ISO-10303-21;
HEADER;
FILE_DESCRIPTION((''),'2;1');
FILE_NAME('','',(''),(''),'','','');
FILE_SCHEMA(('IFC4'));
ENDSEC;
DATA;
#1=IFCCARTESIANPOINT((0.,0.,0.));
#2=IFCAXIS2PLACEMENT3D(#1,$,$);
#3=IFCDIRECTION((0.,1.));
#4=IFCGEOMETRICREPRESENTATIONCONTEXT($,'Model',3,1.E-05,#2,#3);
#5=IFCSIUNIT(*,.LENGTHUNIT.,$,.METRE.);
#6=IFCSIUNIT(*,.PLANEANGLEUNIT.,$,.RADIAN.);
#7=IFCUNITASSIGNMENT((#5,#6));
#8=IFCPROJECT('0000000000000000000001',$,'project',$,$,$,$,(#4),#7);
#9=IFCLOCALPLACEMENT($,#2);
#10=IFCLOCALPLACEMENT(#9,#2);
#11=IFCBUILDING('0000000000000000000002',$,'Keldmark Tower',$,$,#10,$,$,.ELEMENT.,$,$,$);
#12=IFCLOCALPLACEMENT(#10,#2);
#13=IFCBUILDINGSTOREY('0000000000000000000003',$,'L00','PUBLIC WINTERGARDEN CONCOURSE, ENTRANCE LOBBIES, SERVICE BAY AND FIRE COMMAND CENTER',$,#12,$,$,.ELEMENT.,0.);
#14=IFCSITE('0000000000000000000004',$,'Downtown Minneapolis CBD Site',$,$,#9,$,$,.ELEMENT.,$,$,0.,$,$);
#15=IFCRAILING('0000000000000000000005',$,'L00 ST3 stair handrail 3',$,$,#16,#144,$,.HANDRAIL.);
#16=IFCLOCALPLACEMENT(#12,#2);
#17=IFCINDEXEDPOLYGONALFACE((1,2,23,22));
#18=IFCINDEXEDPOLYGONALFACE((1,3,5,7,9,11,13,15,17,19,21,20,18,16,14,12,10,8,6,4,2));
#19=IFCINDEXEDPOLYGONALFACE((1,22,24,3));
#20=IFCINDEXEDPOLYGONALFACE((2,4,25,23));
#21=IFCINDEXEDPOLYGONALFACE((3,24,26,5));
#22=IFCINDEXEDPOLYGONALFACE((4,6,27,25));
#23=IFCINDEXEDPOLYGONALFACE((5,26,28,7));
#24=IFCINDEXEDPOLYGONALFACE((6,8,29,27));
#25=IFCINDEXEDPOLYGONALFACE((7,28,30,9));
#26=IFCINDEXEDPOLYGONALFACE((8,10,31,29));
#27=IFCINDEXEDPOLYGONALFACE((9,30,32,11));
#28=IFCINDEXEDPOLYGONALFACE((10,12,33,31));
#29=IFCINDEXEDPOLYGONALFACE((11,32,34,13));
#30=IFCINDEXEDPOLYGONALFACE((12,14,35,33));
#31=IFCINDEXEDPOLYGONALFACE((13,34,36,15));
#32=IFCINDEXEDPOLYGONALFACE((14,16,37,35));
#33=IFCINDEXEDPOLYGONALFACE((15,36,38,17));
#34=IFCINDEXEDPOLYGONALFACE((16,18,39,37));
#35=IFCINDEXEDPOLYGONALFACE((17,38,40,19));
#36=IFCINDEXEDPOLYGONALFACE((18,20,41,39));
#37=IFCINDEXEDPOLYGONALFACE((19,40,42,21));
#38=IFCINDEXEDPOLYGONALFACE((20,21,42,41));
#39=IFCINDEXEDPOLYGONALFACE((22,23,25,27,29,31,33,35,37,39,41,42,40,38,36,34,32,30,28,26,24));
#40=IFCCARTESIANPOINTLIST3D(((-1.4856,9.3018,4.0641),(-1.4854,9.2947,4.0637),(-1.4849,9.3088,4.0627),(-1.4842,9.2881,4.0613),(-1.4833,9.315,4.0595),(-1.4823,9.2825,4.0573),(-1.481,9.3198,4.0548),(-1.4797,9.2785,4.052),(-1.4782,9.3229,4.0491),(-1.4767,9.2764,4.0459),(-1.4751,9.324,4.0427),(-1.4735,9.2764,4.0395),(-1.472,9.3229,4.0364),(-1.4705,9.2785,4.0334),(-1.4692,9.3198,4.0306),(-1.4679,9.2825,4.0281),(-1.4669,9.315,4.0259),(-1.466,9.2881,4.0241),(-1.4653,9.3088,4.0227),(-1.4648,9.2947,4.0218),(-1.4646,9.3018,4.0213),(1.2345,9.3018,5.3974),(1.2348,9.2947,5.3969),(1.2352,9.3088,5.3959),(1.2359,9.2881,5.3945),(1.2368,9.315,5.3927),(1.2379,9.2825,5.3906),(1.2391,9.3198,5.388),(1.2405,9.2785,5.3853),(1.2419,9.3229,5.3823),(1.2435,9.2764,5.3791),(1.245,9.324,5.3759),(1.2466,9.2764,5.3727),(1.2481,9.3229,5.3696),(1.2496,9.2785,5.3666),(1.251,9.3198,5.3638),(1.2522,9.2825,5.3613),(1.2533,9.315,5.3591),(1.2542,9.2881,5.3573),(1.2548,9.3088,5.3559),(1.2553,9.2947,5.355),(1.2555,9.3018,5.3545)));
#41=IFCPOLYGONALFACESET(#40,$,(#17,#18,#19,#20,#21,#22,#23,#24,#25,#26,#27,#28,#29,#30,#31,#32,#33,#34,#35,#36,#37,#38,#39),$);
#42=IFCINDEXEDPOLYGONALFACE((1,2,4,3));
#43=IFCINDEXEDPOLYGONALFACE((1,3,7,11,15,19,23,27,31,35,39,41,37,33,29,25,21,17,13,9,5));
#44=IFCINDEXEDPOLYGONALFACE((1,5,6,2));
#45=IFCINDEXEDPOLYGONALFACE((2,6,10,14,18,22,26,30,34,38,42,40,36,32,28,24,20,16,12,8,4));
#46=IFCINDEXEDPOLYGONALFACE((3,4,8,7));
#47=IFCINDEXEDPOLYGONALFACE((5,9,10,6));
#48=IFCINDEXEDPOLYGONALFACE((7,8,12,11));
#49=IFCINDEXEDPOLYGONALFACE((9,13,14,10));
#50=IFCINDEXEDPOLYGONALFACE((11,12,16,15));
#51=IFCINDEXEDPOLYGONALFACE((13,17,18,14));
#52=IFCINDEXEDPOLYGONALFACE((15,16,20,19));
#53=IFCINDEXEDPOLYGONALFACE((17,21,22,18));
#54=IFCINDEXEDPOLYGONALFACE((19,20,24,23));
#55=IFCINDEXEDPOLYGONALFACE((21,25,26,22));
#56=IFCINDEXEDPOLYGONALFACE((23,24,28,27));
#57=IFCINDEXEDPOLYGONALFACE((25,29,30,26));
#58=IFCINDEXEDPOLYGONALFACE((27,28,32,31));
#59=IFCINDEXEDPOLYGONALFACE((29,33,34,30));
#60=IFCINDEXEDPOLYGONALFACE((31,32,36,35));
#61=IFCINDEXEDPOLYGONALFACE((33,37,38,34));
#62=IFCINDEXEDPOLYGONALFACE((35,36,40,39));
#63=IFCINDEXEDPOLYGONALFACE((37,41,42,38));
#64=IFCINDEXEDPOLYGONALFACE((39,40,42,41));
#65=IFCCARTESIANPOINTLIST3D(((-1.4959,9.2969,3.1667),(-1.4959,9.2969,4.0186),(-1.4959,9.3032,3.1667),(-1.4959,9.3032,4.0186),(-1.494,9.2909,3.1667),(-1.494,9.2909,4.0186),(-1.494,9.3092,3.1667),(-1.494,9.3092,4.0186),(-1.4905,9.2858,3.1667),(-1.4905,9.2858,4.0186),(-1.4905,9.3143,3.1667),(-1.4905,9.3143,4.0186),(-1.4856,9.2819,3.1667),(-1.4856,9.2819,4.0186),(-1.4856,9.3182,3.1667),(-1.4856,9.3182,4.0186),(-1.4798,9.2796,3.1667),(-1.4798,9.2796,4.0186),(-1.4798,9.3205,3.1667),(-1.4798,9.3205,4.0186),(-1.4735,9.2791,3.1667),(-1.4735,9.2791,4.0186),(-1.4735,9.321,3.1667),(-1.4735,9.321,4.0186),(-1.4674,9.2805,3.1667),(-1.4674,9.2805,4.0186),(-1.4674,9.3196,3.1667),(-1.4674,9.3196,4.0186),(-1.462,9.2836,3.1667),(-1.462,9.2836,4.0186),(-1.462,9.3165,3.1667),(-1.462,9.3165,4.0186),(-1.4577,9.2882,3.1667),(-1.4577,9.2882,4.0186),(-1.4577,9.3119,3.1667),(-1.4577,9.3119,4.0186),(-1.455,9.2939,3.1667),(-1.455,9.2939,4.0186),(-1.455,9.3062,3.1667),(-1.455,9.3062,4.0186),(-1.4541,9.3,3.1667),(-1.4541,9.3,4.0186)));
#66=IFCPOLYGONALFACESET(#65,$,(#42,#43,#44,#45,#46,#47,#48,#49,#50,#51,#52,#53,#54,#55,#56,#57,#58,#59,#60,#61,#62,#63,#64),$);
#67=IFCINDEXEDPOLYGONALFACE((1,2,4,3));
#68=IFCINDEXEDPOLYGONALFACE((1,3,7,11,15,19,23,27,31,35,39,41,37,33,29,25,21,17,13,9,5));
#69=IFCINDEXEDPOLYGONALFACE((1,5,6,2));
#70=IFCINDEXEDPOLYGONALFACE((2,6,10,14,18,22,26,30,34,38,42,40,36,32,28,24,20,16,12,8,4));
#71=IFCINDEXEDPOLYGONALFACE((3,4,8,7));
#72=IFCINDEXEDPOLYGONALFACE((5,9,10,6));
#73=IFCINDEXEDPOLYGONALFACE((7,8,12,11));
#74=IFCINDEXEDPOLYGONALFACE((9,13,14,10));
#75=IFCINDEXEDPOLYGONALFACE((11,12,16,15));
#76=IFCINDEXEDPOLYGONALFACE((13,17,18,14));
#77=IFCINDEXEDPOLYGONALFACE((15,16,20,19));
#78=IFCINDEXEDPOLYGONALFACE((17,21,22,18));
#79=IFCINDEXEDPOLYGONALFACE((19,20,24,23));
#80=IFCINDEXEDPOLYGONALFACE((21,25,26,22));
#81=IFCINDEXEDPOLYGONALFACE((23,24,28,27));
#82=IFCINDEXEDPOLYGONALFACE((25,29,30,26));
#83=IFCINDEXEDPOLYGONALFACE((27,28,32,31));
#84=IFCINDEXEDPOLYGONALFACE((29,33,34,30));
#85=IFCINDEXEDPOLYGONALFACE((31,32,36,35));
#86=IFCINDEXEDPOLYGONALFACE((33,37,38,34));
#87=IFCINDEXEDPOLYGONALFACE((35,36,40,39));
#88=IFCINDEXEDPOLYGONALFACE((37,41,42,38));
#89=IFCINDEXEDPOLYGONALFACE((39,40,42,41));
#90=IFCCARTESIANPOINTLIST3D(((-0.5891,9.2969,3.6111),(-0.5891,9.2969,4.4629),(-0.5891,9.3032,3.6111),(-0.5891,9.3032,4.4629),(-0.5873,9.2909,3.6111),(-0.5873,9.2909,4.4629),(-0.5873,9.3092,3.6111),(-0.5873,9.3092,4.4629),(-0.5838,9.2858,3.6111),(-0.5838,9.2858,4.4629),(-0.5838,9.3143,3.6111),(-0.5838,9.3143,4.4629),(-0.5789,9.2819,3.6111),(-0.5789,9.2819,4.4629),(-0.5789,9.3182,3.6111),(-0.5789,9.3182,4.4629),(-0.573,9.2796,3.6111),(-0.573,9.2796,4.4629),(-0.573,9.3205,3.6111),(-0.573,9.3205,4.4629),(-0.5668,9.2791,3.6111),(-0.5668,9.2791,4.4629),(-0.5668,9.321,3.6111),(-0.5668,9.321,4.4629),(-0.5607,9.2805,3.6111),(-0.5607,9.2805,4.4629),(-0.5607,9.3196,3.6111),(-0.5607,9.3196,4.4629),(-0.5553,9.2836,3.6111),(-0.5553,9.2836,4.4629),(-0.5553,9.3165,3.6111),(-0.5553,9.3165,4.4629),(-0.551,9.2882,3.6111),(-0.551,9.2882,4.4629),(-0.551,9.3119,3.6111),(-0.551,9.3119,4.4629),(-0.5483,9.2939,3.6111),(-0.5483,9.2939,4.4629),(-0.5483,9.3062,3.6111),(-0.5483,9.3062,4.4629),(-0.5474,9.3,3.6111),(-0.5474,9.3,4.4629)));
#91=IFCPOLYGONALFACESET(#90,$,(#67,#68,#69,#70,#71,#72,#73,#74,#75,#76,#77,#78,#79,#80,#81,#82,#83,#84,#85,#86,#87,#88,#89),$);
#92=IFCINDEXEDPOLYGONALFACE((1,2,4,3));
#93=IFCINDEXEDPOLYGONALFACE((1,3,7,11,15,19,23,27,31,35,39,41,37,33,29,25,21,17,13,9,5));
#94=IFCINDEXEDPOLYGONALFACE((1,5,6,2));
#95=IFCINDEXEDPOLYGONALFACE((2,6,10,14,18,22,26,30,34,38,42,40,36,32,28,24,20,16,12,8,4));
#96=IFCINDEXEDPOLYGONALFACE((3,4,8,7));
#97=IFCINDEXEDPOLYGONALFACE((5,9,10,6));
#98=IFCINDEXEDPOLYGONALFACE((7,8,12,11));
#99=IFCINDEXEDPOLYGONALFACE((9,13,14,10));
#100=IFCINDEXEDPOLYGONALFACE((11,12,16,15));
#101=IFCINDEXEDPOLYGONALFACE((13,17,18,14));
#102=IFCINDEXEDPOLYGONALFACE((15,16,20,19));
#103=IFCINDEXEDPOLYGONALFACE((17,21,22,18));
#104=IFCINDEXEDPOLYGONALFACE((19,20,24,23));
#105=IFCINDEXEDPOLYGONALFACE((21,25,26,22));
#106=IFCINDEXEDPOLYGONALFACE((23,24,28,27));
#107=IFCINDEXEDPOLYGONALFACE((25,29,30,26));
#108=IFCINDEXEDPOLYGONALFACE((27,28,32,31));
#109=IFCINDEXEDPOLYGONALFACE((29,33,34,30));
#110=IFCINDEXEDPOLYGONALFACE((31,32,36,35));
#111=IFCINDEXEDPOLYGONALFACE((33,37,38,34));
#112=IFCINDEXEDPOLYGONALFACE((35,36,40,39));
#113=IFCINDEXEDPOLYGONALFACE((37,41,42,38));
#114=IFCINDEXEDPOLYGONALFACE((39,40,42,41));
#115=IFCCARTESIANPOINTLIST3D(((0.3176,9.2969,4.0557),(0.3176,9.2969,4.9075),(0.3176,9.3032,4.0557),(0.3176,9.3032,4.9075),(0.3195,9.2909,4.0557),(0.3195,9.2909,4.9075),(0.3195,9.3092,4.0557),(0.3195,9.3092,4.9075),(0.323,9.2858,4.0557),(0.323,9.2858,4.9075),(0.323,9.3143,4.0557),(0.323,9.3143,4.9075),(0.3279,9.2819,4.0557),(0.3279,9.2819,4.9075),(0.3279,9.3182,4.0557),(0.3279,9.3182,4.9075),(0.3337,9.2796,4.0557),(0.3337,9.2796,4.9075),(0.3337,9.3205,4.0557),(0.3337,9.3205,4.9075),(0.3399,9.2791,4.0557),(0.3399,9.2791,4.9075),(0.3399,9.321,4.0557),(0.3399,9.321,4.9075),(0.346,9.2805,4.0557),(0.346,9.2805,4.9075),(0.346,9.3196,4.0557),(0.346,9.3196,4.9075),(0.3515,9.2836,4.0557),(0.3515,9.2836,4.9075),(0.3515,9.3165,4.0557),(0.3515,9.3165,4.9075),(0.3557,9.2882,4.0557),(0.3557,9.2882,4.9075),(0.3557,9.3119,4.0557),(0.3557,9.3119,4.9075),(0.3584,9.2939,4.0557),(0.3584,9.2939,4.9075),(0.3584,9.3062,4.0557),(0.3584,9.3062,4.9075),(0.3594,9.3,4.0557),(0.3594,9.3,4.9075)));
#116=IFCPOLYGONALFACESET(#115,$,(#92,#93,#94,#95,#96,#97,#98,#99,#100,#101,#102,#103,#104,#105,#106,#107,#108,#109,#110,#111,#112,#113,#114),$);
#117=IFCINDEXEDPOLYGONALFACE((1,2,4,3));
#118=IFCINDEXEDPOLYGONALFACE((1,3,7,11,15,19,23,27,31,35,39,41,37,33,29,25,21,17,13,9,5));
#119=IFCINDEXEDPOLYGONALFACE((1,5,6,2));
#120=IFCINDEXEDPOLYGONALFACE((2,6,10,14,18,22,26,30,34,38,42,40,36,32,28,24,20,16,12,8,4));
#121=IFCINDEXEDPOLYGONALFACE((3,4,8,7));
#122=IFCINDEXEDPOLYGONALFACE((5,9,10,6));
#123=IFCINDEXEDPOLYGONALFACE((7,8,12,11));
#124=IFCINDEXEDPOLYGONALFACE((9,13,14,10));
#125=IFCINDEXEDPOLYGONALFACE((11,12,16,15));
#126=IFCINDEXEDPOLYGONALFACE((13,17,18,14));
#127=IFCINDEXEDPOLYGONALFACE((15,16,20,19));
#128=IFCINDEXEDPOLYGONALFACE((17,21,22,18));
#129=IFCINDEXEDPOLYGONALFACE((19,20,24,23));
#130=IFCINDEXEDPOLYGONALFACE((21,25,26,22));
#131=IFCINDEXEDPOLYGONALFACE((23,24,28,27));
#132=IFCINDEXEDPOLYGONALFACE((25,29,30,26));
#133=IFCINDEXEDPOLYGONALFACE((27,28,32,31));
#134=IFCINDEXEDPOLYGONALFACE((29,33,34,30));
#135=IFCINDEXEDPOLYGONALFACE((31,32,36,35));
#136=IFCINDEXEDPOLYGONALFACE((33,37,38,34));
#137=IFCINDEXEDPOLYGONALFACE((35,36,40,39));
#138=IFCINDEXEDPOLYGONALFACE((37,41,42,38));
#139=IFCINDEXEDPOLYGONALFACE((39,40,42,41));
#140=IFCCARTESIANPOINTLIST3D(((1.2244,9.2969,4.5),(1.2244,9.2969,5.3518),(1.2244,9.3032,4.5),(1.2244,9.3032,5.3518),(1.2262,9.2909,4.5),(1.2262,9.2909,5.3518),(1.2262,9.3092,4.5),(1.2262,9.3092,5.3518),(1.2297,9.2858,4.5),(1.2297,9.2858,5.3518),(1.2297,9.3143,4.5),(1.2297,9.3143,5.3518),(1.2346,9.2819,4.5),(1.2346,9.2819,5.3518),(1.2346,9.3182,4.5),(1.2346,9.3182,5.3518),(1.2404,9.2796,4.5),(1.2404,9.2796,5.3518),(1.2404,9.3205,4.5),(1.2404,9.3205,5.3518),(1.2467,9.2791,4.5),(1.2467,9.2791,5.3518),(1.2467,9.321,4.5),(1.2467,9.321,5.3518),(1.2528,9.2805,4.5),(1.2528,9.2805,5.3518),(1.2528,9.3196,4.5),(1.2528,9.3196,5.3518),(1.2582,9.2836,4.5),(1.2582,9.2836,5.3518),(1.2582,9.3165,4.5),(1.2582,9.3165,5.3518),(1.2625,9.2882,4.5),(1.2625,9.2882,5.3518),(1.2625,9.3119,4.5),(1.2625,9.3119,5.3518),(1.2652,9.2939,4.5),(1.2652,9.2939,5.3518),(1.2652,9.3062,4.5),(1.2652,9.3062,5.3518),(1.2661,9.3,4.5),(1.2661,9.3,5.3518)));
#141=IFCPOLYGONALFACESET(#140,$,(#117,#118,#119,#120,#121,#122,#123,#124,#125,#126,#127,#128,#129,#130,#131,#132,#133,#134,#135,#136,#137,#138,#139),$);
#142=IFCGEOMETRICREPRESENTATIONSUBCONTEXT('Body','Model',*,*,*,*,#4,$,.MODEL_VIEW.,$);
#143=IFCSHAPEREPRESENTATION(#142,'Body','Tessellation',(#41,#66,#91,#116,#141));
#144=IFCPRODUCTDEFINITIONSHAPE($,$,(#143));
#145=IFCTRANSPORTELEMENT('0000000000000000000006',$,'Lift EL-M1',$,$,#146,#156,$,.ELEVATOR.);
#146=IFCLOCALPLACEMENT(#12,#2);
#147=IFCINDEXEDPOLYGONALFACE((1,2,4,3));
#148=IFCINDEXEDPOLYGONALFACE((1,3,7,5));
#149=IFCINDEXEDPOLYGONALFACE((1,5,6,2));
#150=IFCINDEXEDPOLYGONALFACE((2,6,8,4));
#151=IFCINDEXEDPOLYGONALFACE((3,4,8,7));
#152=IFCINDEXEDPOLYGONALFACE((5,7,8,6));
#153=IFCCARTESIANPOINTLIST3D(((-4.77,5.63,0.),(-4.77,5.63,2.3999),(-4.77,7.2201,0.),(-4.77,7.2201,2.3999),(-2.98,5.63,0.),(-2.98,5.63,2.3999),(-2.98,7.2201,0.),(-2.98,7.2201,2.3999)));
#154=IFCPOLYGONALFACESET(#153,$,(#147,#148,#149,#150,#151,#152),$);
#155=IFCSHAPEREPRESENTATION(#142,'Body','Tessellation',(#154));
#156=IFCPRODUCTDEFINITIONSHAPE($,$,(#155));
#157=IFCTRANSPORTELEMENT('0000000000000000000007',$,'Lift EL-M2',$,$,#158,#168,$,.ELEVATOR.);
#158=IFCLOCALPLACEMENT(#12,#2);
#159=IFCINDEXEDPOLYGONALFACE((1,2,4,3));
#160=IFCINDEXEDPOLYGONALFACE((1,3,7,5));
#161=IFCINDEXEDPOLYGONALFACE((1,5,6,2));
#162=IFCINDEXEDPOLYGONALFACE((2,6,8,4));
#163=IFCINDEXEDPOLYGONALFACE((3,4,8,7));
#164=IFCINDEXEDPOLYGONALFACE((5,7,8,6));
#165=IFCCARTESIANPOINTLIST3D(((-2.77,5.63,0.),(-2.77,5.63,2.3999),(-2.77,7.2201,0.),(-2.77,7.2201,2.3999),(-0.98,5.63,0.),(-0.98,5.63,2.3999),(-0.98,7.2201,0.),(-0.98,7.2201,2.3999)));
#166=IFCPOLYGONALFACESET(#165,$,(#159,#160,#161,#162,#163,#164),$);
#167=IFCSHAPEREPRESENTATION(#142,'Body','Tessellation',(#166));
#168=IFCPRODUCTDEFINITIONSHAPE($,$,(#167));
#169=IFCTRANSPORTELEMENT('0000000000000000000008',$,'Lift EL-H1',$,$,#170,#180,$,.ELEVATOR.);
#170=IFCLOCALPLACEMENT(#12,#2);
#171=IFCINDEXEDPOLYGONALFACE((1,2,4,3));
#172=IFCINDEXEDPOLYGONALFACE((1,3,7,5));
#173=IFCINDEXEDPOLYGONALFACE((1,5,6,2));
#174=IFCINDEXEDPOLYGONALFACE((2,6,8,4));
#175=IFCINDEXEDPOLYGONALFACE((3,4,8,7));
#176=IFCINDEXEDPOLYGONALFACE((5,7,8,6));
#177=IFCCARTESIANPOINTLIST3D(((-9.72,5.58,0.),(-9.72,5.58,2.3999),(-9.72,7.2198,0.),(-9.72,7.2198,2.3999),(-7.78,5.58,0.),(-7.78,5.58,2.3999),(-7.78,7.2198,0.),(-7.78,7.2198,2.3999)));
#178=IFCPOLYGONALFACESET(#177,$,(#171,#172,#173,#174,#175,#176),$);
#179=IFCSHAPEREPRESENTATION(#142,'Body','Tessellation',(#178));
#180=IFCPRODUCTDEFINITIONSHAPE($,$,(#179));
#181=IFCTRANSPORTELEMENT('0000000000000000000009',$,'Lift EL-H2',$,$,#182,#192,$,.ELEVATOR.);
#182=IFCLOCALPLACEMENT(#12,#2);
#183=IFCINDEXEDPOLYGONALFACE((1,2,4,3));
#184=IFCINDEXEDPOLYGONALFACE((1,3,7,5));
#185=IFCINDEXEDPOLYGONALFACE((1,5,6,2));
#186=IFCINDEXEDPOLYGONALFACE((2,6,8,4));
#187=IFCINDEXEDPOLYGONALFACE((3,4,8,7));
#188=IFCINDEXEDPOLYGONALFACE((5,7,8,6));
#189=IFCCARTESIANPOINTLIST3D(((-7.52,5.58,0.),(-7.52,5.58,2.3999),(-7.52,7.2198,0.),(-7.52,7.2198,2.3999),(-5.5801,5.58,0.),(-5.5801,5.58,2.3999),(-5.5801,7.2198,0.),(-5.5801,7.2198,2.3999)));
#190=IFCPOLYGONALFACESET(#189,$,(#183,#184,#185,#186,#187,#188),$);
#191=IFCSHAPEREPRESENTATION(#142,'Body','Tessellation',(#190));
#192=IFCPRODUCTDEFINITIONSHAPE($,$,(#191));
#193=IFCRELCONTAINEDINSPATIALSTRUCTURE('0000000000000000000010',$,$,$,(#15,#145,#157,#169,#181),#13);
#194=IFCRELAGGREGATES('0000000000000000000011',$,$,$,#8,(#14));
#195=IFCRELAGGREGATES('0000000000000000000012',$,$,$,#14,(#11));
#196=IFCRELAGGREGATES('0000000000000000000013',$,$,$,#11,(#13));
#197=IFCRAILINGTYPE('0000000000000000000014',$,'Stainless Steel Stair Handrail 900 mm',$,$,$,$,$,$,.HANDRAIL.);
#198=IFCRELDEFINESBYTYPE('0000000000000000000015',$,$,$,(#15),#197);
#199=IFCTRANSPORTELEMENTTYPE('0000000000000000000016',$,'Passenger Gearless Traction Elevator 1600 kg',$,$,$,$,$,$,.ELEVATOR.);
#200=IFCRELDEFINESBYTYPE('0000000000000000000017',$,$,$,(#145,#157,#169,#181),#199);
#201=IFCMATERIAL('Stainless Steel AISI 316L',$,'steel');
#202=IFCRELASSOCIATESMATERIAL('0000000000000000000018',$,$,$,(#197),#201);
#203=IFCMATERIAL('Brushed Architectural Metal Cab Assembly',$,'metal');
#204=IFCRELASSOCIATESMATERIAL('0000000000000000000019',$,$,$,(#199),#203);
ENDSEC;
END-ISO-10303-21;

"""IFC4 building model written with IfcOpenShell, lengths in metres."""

from ifc_helpers import new_model, si_unit, direction, frame, origin, origin_2d, place, context, subcontext, project, spatial, rectangle, circle, extrude, material, type_object, element, save


model = new_model("IFC4")

# Units and contexts
model_context = context("Model", 3, precision=1e-05, world=origin(), true_north=direction((0.0, 1.0)))
body_context = subcontext(model_context, "Body", "Model", "MODEL_VIEW")
ifc_project = project(units=[si_unit("LENGTHUNIT", "METRE"), si_unit("PLANEANGLEUNIT", "RADIAN")], contexts=[model_context])

# Site, building, storey
site_placement = place(None, origin())
site = spatial("IfcSite", under=ifc_project, at=site_placement, Name="Downtown Minneapolis CBD Site", CompositionType="ELEMENT", RefElevation=0.0)
building_placement = place(site_placement, origin())
building = spatial("IfcBuilding", under=site, at=building_placement, Name="Keldmark Tower", CompositionType="ELEMENT")
storey_placement = place(building_placement, origin())
storey = spatial("IfcBuildingStorey", under=building, at=storey_placement, Name="L00", Description="PUBLIC WINTERGARDEN CONCOURSE, ENTRANCE LOBBIES, SERVICE BAY AND FIRE COMMAND CENTER", CompositionType="ELEMENT", Elevation=0.0)

# Railing
ifc_material_1 = material(Name="Stainless Steel AISI 316L", Category="steel")
railing_type = type_object("IfcRailingType", Name="Stainless Steel Stair Handrail 900 mm", PredefinedType="HANDRAIL", material=ifc_material_1)
for number, where, name in (
    (1, (-1.4751, 9.3, 3.1667), "L00 ST3 stair handrail 3"),
):
    element("IfcRailing", number, at=place(storey_placement, frame(where)), inside=storey, type_object=railing_type, Name=name, PredefinedType="HANDRAIL", context=body_context, shape_type="SweptSolid", body=[
        extrude(circle(Radius=0.0239, at=origin_2d()), frame((0.0, 0.0, 0.876), z_axis=(0.897945, 0.0, 0.440108), x_axis=(0.0, 1.0, 0.0)), (0.0, 0.0, 1.0), 3.0293),
        extrude(circle(Radius=0.021, at=origin_2d()), origin(), (0.0, 0.0, 1.0), 0.8518),
        extrude(circle(Radius=0.021, at=origin_2d()), frame((0.9067, 0.0, 0.4443)), (0.0, 0.0, 1.0), 0.8518),
        extrude(circle(Radius=0.021, at=origin_2d()), frame((1.8135, 0.0, 0.8889)), (0.0, 0.0, 1.0), 0.8518),
        extrude(circle(Radius=0.021, at=origin_2d()), frame((2.7202, 0.0, 1.3333)), (0.0, 0.0, 1.0), 0.8518),
    ])

# Transport elements
ifc_material_2 = material(Name="Brushed Architectural Metal Cab Assembly", Category="metal")
transport_element_type = type_object("IfcTransportElementType", Name="Passenger Gearless Traction Elevator 1600 kg", PredefinedType="ELEVATOR", material=ifc_material_2)
for number, where, z_axis, x_axis, name in (
    (2, (-3.875, 6.425, 0.0), (0.0, 0.0, 1.0), (1.0, 0.0, 0.0), "Lift EL-M1"),
    (3, (-1.875, 6.425, 0.0), (0.0, 0.0, 1.0), (1.0, 0.0, 0.0), "Lift EL-M2"),
):
    element("IfcTransportElement", number, at=place(storey_placement, frame(where, z_axis=z_axis, x_axis=x_axis)), inside=storey, type_object=transport_element_type, Name=name, PredefinedType="ELEVATOR", context=body_context, shape_type="SweptSolid", body=[
        extrude(rectangle(XDim=1.79, YDim=1.5901, at=origin_2d()), origin(), (0.0, 0.0, 1.0), 2.3999),
    ])
for number, where, z_axis, x_axis, name in (
    (4, (-8.75, 6.3999, 0.0), (0.0, 0.0, 1.0), (1.0, 0.0, 0.0), "Lift EL-H1"),
    (5, (-6.55, 6.3999, 0.0), (0.0, 0.0, 1.0), (1.0, 0.0, 0.0), "Lift EL-H2"),
):
    element("IfcTransportElement", number, at=place(storey_placement, frame(where, z_axis=z_axis, x_axis=x_axis)), inside=storey, type_object=transport_element_type, Name=name, PredefinedType="ELEVATOR", context=body_context, shape_type="SweptSolid", body=[
        extrude(rectangle(XDim=1.9399, YDim=1.6399, at=origin_2d()), origin(), (0.0, 0.0, 1.0), 2.3999),
    ])

save(model, "model.ifc")
